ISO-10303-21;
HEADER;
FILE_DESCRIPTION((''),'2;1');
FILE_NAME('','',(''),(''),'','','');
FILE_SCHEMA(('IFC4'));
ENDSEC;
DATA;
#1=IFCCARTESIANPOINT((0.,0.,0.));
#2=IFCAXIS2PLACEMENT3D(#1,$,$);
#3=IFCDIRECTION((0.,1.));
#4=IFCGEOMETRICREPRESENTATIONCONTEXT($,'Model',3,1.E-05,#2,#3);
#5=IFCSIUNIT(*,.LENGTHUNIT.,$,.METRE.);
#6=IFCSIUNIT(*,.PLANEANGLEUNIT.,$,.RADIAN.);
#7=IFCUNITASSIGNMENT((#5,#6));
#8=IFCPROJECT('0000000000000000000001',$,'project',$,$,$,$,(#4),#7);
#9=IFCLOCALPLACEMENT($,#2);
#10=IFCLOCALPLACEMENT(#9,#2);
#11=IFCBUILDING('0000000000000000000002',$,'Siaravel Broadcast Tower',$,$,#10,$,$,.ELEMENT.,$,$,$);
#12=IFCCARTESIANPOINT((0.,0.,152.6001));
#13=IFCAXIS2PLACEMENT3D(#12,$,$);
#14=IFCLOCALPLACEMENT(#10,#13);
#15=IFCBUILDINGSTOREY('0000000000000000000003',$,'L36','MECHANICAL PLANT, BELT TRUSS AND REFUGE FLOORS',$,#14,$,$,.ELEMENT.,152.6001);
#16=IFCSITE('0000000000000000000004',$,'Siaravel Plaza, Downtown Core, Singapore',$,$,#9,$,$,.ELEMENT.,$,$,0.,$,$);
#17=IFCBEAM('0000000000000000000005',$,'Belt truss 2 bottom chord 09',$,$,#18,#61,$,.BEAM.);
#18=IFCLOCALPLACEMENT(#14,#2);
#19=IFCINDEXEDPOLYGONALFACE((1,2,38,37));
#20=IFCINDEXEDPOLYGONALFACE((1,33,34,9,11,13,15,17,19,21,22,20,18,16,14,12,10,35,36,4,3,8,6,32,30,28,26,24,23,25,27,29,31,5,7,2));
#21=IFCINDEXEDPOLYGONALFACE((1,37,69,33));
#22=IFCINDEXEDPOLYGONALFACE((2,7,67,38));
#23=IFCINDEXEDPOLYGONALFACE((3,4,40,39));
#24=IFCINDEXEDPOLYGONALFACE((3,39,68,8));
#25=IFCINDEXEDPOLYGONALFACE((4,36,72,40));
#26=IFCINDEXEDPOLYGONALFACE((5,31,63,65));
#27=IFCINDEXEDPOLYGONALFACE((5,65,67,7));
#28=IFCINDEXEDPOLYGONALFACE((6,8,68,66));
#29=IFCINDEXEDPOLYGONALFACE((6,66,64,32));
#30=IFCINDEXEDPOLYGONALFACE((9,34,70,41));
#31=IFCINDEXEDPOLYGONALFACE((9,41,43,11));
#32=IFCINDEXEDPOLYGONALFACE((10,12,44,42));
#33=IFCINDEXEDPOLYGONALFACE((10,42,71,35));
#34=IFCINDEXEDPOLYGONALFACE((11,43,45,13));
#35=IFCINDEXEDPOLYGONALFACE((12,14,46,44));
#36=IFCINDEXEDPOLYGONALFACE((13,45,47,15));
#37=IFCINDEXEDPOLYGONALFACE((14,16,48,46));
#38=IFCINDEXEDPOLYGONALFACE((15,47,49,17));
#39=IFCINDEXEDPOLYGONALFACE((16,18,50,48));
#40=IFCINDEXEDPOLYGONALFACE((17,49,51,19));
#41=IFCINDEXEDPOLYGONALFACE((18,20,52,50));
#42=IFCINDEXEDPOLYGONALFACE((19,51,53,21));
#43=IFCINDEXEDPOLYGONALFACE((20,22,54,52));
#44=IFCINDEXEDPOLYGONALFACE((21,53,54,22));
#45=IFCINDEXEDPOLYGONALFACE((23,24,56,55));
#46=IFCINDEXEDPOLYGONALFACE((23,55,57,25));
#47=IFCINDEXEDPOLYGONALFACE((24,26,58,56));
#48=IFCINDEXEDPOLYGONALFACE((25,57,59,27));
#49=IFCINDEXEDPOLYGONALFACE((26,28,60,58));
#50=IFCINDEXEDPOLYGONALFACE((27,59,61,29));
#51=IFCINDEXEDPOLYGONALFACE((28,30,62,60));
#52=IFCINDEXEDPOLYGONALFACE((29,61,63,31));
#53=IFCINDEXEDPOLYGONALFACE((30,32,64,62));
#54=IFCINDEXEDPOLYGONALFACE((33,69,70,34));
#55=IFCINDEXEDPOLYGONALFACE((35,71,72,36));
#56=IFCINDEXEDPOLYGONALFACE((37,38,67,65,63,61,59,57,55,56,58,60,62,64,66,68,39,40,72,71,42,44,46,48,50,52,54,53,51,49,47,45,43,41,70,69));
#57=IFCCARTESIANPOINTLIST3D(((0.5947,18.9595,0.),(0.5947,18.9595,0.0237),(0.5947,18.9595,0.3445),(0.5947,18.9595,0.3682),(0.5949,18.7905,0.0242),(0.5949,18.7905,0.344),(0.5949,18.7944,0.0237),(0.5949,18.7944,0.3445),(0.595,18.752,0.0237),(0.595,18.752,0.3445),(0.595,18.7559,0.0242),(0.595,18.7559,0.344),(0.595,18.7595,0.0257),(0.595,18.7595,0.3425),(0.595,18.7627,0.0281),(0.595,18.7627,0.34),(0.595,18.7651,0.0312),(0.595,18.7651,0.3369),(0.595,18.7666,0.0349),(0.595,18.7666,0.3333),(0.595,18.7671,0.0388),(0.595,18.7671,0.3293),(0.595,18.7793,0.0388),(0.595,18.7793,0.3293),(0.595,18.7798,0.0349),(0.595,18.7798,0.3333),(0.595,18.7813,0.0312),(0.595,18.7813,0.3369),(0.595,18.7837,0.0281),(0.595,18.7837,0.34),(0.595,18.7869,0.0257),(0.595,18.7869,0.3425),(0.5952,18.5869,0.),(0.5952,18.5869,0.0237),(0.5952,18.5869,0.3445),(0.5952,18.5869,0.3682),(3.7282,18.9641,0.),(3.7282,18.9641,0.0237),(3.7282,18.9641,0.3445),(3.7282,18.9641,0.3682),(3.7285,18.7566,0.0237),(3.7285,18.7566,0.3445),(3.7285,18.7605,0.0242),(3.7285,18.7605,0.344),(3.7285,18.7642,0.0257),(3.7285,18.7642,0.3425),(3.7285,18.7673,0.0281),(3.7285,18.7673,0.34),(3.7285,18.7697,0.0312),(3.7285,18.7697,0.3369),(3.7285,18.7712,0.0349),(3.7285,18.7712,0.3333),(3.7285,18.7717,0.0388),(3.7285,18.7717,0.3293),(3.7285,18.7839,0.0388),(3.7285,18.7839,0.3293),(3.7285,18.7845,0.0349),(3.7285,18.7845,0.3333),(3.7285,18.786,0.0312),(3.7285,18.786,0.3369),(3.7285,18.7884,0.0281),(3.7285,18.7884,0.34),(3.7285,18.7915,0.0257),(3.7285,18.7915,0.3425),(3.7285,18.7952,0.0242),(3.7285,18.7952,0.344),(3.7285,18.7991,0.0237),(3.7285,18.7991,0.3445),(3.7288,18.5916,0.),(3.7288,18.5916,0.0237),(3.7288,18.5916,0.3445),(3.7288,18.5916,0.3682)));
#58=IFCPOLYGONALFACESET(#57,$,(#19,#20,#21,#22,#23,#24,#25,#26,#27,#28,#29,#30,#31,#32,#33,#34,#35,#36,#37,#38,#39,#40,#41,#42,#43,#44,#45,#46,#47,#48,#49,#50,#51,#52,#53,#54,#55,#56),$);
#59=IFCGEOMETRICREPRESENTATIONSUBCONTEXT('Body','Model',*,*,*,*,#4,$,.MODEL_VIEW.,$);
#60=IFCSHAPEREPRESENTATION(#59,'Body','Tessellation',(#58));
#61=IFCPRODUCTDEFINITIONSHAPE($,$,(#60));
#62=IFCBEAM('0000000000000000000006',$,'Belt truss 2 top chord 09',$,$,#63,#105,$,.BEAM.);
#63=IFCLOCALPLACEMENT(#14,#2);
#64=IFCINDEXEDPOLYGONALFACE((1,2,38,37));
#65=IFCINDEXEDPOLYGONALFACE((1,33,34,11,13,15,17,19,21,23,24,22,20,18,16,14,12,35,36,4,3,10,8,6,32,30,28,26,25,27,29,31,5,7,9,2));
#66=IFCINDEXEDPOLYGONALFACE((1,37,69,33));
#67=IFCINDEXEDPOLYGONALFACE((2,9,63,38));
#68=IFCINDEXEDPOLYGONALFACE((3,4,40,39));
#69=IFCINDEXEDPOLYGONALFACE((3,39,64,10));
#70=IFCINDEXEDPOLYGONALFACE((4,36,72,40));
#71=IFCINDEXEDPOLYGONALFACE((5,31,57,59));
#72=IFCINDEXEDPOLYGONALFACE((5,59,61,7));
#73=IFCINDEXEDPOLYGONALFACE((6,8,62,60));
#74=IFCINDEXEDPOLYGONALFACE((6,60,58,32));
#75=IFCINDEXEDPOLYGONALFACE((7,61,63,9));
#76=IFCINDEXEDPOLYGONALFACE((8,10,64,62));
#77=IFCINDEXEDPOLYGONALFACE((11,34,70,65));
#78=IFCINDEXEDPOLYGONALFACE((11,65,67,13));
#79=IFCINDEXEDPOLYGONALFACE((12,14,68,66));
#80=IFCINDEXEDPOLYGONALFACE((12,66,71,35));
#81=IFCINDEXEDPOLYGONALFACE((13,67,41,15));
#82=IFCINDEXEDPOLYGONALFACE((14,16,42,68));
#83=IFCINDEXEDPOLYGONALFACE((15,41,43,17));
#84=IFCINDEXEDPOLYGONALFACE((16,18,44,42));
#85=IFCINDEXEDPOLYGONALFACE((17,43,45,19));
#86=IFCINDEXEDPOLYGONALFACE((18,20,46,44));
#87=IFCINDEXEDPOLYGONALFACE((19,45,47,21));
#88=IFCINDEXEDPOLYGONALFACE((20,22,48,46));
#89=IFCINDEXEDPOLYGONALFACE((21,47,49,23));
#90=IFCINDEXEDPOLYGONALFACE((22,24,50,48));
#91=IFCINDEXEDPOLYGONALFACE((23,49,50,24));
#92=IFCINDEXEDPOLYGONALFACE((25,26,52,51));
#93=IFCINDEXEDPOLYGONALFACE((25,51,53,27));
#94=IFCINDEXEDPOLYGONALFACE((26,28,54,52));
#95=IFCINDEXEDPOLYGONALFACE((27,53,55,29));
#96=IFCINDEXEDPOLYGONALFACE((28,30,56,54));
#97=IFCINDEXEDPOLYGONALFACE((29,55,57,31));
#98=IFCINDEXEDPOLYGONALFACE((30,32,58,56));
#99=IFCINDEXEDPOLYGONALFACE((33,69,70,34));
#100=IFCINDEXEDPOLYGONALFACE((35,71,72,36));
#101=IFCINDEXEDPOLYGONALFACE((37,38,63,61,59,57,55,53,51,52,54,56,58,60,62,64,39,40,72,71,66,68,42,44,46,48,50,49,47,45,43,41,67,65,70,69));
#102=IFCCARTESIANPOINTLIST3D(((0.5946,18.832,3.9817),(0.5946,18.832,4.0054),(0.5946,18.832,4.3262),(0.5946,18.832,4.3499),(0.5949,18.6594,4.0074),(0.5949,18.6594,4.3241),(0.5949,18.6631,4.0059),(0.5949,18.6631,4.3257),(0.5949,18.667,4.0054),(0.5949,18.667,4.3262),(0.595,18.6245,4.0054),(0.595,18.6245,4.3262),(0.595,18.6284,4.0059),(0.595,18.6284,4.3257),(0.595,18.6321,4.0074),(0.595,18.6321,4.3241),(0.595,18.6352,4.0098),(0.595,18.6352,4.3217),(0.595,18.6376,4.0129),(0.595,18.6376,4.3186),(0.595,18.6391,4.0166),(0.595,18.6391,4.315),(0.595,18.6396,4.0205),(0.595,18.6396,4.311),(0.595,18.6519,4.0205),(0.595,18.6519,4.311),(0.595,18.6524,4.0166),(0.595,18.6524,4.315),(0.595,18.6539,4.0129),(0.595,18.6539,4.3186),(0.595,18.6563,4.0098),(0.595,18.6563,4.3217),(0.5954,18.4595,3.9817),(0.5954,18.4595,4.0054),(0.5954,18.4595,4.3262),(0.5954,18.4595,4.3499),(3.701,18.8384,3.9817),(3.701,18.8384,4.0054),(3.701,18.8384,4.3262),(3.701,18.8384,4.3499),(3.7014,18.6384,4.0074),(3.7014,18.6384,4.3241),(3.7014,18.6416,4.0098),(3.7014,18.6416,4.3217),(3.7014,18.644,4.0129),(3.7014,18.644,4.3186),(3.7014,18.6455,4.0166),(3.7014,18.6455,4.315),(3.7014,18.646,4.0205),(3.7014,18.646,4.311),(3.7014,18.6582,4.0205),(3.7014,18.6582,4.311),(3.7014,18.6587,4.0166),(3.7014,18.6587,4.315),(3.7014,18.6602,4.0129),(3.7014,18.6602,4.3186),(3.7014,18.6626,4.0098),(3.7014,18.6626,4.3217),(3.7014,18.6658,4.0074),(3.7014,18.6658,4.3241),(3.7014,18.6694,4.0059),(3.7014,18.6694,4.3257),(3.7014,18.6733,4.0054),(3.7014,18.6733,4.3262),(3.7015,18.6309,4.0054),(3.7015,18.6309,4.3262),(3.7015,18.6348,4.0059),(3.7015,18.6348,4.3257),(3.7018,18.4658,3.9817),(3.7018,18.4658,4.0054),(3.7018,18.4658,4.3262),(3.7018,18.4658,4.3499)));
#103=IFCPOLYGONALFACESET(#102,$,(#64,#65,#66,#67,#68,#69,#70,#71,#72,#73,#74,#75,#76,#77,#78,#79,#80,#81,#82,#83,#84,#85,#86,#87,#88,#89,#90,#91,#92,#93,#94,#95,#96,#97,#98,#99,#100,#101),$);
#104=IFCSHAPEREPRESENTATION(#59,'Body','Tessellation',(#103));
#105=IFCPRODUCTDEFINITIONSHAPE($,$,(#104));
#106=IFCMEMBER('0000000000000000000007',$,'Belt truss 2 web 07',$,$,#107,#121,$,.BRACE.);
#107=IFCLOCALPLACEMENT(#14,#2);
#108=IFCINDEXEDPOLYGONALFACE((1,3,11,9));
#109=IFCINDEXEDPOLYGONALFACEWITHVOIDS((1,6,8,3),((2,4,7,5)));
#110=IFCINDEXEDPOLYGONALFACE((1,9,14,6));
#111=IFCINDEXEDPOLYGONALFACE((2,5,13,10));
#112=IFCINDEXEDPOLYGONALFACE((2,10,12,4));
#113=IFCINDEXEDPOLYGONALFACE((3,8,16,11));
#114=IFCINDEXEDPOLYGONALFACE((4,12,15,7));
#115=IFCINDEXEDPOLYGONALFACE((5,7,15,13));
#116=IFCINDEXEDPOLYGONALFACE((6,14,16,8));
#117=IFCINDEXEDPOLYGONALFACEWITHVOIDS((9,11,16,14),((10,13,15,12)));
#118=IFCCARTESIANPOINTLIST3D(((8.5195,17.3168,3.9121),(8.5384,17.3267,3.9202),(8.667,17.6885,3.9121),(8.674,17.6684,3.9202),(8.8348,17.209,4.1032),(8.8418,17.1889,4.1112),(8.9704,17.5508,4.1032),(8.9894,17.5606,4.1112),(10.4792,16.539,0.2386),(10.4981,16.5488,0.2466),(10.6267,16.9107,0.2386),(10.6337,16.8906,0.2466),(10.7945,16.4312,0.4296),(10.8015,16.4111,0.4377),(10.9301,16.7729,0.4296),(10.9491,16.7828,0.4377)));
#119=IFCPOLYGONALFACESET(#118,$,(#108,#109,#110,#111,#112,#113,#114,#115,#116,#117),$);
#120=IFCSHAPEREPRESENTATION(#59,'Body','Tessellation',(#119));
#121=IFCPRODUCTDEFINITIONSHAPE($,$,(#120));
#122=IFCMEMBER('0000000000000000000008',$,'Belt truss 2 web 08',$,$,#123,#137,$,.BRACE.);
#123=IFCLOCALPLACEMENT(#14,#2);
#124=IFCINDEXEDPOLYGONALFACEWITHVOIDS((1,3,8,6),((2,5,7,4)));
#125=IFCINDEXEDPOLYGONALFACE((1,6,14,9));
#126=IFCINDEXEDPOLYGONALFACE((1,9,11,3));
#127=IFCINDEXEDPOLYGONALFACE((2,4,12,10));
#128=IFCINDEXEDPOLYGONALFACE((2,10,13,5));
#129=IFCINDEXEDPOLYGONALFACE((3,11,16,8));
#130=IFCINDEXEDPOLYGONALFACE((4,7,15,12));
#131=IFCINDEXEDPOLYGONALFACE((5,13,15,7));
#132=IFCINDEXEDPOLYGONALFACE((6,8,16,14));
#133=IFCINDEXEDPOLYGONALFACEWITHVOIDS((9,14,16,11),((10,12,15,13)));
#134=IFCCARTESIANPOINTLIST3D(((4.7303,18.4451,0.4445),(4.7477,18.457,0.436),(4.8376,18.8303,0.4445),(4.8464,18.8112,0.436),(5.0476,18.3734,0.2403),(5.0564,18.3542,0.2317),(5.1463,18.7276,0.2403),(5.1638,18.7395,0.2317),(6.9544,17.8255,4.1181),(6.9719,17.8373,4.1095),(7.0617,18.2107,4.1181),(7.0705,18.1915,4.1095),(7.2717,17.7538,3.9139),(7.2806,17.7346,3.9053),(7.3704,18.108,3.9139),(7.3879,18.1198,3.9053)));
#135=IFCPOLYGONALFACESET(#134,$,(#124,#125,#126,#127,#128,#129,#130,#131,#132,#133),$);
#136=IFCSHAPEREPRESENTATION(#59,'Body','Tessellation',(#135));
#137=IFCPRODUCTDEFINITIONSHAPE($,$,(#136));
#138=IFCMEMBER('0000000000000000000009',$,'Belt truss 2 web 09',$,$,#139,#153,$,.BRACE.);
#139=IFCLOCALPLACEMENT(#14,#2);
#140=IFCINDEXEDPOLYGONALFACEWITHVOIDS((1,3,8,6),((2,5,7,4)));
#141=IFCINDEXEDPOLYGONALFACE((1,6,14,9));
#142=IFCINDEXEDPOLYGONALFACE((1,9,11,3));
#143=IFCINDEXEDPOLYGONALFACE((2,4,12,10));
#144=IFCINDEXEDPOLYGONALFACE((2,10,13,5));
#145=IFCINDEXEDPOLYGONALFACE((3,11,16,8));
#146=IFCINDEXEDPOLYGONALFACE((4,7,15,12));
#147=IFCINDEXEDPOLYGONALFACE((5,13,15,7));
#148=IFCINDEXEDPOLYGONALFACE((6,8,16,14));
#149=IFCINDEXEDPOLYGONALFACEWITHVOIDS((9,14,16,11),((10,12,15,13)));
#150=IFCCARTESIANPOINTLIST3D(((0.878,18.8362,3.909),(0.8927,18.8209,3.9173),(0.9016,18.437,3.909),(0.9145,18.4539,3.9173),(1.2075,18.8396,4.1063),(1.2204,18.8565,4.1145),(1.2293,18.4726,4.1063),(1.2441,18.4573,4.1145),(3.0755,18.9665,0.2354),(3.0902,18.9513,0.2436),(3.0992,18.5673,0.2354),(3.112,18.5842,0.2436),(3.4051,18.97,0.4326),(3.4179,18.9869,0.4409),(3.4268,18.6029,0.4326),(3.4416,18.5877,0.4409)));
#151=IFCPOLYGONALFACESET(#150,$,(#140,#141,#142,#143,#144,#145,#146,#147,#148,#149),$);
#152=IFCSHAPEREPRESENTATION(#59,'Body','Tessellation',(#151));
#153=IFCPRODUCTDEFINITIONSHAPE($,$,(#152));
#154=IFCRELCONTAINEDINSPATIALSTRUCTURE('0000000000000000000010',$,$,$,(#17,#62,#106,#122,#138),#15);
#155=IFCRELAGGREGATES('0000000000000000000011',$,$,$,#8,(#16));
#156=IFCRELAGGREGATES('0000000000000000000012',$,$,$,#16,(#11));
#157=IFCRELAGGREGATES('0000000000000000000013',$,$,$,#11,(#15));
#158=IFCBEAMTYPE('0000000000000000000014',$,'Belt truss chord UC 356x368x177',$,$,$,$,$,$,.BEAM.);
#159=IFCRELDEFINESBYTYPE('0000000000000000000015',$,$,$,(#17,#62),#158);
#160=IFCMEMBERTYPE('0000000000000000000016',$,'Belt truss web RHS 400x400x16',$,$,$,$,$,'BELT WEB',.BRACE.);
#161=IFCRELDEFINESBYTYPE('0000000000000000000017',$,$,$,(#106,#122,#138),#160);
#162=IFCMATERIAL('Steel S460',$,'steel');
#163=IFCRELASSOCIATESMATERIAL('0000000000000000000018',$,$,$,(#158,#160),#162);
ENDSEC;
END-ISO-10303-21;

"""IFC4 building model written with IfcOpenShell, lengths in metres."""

from ifc_helpers import new_model, si_unit, direction, frame, origin, origin_2d, place, context, subcontext, project, spatial, hollow_rectangle, i_section, extrude, material, material_profile, profile_set, type_object, element, save


model = new_model("IFC4")

# Units and contexts
model_context = context("Model", 3, precision=1e-05, world=origin(), true_north=direction((0.0, 1.0)))
body_context = subcontext(model_context, "Body", "Model", "MODEL_VIEW")
ifc_project = project(units=[si_unit("LENGTHUNIT", "METRE"), si_unit("PLANEANGLEUNIT", "RADIAN")], contexts=[model_context])

# Site, building, storey
site_placement = place(None, origin())
site = spatial("IfcSite", under=ifc_project, at=site_placement, Name="Siaravel Plaza, Downtown Core, Singapore", CompositionType="ELEMENT", RefElevation=0.0)
building_placement = place(site_placement, origin())
building = spatial("IfcBuilding", under=site, at=building_placement, Name="Siaravel Broadcast Tower", CompositionType="ELEMENT")
storey_placement = place(building_placement, frame((0.0, 0.0, 152.6001)))
storey = spatial("IfcBuildingStorey", under=building, at=storey_placement, Name="L36", Description="MECHANICAL PLANT, BELT TRUSS AND REFUGE FLOORS", CompositionType="ELEMENT", Elevation=152.6001)

# Beams
ifc_material_1 = material(Name="Steel S460", Category="steel")
ifc_material_profile_1 = material_profile(ifc_material_1, i_section(OverallWidth=0.3726, OverallDepth=0.3682, WebThickness=0.0122, FlangeThickness=0.0237, FilletRadius=0.0151, at=origin_2d()))
ifc_profile_set_1 = profile_set([ifc_material_profile_1], Name="Steel S460")
beam_type_1 = type_object("IfcBeamType", Name="Belt truss chord UC 356x368x177", PredefinedType="BEAM", material=ifc_profile_set_1)
beam_1_placement = place(storey_placement, frame((3.7285, 18.7778, 0.1841), z_axis=(-0.999999, -0.00148, 0.0), x_axis=(0.00148, -0.999999, 0.0)))
element("IfcBeam", 1, at=beam_1_placement, inside=storey, type_object=beam_type_1, Name="Belt truss 2 bottom chord 09", PredefinedType="BEAM", context=body_context, shape_type="SweptSolid", body=[
    extrude(i_section(OverallWidth=0.3726, OverallDepth=0.3682, WebThickness=0.0122, FlangeThickness=0.0237, FilletRadius=0.0151, at=origin_2d()), origin(), (0.0, 0.0, 1.0), 3.1335),
])
beam_2_placement = place(storey_placement, frame((3.7014, 18.6521, 4.1658), z_axis=(-0.999998, -0.002043, 0.0), x_axis=(0.002043, -0.999998, 0.0)))
element("IfcBeam", 2, at=beam_2_placement, inside=storey, type_object=beam_type_1, Name="Belt truss 2 top chord 09", PredefinedType="BEAM", context=body_context, shape_type="SweptSolid", body=[
    extrude(i_section(OverallWidth=0.3726, OverallDepth=0.3682, WebThickness=0.0122, FlangeThickness=0.0237, FilletRadius=0.0151, at=origin_2d()), origin(), (0.0, 0.0, 1.0), 3.1064),
])

# Members
ifc_material_profile_2 = material_profile(ifc_material_1, hollow_rectangle(XDim=0.3999, YDim=0.3999, WallThickness=0.0161, at=origin_2d()))
ifc_profile_set_2 = profile_set([ifc_material_profile_2], Name="Steel S460")
member_type_1 = type_object("IfcMemberType", Name="Belt truss web RHS 400x400x16", ElementType="BELT WEB", PredefinedType="BRACE", material=ifc_profile_set_2)
member_1_placement = place(storey_placement, frame((10.7141, 16.6609, 0.3381), z_axis=(-0.462672, 0.183639, 0.867301), x_axis=(-0.368914, -0.929464, 0.0)))
element("IfcMember", 3, at=member_1_placement, inside=storey, type_object=member_type_1, Name="Belt truss 2 web 07", PredefinedType="BRACE", context=body_context, shape_type="SweptSolid", body=[
    extrude(hollow_rectangle(XDim=0.3999, YDim=0.3999, WallThickness=0.0161, at=origin_2d()), origin(), (0.0, 0.0, 1.0), 4.2356),
])
member_2_placement = place(storey_placement, frame((4.947, 18.5923, 0.3381), z_axis=(0.512603, -0.142809, 0.846667), x_axis=(0.268375, 0.963315, 0.0)))
element("IfcMember", 4, at=member_2_placement, inside=storey, type_object=member_type_1, Name="Belt truss 2 web 08", PredefinedType="BRACE", context=body_context, shape_type="SweptSolid", body=[
    extrude(hollow_rectangle(XDim=0.3999, YDim=0.3999, WallThickness=0.0161, at=origin_2d()), origin(), (0.0, 0.0, 1.0), 4.3389),
])
member_3_placement = place(storey_placement, frame((3.2585, 18.7771, 0.3381), z_axis=(-0.513117, -0.030442, 0.857779), x_axis=(0.059223, -0.998245, 0.0)))
element("IfcMember", 5, at=member_3_placement, inside=storey, type_object=member_type_1, Name="Belt truss 2 web 09", PredefinedType="BRACE", context=body_context, shape_type="SweptSolid", body=[
    extrude(hollow_rectangle(XDim=0.3999, YDim=0.3999, WallThickness=0.0161, at=origin_2d()), origin(), (0.0, 0.0, 1.0), 4.2827),
])

save(model, "model.ifc")
